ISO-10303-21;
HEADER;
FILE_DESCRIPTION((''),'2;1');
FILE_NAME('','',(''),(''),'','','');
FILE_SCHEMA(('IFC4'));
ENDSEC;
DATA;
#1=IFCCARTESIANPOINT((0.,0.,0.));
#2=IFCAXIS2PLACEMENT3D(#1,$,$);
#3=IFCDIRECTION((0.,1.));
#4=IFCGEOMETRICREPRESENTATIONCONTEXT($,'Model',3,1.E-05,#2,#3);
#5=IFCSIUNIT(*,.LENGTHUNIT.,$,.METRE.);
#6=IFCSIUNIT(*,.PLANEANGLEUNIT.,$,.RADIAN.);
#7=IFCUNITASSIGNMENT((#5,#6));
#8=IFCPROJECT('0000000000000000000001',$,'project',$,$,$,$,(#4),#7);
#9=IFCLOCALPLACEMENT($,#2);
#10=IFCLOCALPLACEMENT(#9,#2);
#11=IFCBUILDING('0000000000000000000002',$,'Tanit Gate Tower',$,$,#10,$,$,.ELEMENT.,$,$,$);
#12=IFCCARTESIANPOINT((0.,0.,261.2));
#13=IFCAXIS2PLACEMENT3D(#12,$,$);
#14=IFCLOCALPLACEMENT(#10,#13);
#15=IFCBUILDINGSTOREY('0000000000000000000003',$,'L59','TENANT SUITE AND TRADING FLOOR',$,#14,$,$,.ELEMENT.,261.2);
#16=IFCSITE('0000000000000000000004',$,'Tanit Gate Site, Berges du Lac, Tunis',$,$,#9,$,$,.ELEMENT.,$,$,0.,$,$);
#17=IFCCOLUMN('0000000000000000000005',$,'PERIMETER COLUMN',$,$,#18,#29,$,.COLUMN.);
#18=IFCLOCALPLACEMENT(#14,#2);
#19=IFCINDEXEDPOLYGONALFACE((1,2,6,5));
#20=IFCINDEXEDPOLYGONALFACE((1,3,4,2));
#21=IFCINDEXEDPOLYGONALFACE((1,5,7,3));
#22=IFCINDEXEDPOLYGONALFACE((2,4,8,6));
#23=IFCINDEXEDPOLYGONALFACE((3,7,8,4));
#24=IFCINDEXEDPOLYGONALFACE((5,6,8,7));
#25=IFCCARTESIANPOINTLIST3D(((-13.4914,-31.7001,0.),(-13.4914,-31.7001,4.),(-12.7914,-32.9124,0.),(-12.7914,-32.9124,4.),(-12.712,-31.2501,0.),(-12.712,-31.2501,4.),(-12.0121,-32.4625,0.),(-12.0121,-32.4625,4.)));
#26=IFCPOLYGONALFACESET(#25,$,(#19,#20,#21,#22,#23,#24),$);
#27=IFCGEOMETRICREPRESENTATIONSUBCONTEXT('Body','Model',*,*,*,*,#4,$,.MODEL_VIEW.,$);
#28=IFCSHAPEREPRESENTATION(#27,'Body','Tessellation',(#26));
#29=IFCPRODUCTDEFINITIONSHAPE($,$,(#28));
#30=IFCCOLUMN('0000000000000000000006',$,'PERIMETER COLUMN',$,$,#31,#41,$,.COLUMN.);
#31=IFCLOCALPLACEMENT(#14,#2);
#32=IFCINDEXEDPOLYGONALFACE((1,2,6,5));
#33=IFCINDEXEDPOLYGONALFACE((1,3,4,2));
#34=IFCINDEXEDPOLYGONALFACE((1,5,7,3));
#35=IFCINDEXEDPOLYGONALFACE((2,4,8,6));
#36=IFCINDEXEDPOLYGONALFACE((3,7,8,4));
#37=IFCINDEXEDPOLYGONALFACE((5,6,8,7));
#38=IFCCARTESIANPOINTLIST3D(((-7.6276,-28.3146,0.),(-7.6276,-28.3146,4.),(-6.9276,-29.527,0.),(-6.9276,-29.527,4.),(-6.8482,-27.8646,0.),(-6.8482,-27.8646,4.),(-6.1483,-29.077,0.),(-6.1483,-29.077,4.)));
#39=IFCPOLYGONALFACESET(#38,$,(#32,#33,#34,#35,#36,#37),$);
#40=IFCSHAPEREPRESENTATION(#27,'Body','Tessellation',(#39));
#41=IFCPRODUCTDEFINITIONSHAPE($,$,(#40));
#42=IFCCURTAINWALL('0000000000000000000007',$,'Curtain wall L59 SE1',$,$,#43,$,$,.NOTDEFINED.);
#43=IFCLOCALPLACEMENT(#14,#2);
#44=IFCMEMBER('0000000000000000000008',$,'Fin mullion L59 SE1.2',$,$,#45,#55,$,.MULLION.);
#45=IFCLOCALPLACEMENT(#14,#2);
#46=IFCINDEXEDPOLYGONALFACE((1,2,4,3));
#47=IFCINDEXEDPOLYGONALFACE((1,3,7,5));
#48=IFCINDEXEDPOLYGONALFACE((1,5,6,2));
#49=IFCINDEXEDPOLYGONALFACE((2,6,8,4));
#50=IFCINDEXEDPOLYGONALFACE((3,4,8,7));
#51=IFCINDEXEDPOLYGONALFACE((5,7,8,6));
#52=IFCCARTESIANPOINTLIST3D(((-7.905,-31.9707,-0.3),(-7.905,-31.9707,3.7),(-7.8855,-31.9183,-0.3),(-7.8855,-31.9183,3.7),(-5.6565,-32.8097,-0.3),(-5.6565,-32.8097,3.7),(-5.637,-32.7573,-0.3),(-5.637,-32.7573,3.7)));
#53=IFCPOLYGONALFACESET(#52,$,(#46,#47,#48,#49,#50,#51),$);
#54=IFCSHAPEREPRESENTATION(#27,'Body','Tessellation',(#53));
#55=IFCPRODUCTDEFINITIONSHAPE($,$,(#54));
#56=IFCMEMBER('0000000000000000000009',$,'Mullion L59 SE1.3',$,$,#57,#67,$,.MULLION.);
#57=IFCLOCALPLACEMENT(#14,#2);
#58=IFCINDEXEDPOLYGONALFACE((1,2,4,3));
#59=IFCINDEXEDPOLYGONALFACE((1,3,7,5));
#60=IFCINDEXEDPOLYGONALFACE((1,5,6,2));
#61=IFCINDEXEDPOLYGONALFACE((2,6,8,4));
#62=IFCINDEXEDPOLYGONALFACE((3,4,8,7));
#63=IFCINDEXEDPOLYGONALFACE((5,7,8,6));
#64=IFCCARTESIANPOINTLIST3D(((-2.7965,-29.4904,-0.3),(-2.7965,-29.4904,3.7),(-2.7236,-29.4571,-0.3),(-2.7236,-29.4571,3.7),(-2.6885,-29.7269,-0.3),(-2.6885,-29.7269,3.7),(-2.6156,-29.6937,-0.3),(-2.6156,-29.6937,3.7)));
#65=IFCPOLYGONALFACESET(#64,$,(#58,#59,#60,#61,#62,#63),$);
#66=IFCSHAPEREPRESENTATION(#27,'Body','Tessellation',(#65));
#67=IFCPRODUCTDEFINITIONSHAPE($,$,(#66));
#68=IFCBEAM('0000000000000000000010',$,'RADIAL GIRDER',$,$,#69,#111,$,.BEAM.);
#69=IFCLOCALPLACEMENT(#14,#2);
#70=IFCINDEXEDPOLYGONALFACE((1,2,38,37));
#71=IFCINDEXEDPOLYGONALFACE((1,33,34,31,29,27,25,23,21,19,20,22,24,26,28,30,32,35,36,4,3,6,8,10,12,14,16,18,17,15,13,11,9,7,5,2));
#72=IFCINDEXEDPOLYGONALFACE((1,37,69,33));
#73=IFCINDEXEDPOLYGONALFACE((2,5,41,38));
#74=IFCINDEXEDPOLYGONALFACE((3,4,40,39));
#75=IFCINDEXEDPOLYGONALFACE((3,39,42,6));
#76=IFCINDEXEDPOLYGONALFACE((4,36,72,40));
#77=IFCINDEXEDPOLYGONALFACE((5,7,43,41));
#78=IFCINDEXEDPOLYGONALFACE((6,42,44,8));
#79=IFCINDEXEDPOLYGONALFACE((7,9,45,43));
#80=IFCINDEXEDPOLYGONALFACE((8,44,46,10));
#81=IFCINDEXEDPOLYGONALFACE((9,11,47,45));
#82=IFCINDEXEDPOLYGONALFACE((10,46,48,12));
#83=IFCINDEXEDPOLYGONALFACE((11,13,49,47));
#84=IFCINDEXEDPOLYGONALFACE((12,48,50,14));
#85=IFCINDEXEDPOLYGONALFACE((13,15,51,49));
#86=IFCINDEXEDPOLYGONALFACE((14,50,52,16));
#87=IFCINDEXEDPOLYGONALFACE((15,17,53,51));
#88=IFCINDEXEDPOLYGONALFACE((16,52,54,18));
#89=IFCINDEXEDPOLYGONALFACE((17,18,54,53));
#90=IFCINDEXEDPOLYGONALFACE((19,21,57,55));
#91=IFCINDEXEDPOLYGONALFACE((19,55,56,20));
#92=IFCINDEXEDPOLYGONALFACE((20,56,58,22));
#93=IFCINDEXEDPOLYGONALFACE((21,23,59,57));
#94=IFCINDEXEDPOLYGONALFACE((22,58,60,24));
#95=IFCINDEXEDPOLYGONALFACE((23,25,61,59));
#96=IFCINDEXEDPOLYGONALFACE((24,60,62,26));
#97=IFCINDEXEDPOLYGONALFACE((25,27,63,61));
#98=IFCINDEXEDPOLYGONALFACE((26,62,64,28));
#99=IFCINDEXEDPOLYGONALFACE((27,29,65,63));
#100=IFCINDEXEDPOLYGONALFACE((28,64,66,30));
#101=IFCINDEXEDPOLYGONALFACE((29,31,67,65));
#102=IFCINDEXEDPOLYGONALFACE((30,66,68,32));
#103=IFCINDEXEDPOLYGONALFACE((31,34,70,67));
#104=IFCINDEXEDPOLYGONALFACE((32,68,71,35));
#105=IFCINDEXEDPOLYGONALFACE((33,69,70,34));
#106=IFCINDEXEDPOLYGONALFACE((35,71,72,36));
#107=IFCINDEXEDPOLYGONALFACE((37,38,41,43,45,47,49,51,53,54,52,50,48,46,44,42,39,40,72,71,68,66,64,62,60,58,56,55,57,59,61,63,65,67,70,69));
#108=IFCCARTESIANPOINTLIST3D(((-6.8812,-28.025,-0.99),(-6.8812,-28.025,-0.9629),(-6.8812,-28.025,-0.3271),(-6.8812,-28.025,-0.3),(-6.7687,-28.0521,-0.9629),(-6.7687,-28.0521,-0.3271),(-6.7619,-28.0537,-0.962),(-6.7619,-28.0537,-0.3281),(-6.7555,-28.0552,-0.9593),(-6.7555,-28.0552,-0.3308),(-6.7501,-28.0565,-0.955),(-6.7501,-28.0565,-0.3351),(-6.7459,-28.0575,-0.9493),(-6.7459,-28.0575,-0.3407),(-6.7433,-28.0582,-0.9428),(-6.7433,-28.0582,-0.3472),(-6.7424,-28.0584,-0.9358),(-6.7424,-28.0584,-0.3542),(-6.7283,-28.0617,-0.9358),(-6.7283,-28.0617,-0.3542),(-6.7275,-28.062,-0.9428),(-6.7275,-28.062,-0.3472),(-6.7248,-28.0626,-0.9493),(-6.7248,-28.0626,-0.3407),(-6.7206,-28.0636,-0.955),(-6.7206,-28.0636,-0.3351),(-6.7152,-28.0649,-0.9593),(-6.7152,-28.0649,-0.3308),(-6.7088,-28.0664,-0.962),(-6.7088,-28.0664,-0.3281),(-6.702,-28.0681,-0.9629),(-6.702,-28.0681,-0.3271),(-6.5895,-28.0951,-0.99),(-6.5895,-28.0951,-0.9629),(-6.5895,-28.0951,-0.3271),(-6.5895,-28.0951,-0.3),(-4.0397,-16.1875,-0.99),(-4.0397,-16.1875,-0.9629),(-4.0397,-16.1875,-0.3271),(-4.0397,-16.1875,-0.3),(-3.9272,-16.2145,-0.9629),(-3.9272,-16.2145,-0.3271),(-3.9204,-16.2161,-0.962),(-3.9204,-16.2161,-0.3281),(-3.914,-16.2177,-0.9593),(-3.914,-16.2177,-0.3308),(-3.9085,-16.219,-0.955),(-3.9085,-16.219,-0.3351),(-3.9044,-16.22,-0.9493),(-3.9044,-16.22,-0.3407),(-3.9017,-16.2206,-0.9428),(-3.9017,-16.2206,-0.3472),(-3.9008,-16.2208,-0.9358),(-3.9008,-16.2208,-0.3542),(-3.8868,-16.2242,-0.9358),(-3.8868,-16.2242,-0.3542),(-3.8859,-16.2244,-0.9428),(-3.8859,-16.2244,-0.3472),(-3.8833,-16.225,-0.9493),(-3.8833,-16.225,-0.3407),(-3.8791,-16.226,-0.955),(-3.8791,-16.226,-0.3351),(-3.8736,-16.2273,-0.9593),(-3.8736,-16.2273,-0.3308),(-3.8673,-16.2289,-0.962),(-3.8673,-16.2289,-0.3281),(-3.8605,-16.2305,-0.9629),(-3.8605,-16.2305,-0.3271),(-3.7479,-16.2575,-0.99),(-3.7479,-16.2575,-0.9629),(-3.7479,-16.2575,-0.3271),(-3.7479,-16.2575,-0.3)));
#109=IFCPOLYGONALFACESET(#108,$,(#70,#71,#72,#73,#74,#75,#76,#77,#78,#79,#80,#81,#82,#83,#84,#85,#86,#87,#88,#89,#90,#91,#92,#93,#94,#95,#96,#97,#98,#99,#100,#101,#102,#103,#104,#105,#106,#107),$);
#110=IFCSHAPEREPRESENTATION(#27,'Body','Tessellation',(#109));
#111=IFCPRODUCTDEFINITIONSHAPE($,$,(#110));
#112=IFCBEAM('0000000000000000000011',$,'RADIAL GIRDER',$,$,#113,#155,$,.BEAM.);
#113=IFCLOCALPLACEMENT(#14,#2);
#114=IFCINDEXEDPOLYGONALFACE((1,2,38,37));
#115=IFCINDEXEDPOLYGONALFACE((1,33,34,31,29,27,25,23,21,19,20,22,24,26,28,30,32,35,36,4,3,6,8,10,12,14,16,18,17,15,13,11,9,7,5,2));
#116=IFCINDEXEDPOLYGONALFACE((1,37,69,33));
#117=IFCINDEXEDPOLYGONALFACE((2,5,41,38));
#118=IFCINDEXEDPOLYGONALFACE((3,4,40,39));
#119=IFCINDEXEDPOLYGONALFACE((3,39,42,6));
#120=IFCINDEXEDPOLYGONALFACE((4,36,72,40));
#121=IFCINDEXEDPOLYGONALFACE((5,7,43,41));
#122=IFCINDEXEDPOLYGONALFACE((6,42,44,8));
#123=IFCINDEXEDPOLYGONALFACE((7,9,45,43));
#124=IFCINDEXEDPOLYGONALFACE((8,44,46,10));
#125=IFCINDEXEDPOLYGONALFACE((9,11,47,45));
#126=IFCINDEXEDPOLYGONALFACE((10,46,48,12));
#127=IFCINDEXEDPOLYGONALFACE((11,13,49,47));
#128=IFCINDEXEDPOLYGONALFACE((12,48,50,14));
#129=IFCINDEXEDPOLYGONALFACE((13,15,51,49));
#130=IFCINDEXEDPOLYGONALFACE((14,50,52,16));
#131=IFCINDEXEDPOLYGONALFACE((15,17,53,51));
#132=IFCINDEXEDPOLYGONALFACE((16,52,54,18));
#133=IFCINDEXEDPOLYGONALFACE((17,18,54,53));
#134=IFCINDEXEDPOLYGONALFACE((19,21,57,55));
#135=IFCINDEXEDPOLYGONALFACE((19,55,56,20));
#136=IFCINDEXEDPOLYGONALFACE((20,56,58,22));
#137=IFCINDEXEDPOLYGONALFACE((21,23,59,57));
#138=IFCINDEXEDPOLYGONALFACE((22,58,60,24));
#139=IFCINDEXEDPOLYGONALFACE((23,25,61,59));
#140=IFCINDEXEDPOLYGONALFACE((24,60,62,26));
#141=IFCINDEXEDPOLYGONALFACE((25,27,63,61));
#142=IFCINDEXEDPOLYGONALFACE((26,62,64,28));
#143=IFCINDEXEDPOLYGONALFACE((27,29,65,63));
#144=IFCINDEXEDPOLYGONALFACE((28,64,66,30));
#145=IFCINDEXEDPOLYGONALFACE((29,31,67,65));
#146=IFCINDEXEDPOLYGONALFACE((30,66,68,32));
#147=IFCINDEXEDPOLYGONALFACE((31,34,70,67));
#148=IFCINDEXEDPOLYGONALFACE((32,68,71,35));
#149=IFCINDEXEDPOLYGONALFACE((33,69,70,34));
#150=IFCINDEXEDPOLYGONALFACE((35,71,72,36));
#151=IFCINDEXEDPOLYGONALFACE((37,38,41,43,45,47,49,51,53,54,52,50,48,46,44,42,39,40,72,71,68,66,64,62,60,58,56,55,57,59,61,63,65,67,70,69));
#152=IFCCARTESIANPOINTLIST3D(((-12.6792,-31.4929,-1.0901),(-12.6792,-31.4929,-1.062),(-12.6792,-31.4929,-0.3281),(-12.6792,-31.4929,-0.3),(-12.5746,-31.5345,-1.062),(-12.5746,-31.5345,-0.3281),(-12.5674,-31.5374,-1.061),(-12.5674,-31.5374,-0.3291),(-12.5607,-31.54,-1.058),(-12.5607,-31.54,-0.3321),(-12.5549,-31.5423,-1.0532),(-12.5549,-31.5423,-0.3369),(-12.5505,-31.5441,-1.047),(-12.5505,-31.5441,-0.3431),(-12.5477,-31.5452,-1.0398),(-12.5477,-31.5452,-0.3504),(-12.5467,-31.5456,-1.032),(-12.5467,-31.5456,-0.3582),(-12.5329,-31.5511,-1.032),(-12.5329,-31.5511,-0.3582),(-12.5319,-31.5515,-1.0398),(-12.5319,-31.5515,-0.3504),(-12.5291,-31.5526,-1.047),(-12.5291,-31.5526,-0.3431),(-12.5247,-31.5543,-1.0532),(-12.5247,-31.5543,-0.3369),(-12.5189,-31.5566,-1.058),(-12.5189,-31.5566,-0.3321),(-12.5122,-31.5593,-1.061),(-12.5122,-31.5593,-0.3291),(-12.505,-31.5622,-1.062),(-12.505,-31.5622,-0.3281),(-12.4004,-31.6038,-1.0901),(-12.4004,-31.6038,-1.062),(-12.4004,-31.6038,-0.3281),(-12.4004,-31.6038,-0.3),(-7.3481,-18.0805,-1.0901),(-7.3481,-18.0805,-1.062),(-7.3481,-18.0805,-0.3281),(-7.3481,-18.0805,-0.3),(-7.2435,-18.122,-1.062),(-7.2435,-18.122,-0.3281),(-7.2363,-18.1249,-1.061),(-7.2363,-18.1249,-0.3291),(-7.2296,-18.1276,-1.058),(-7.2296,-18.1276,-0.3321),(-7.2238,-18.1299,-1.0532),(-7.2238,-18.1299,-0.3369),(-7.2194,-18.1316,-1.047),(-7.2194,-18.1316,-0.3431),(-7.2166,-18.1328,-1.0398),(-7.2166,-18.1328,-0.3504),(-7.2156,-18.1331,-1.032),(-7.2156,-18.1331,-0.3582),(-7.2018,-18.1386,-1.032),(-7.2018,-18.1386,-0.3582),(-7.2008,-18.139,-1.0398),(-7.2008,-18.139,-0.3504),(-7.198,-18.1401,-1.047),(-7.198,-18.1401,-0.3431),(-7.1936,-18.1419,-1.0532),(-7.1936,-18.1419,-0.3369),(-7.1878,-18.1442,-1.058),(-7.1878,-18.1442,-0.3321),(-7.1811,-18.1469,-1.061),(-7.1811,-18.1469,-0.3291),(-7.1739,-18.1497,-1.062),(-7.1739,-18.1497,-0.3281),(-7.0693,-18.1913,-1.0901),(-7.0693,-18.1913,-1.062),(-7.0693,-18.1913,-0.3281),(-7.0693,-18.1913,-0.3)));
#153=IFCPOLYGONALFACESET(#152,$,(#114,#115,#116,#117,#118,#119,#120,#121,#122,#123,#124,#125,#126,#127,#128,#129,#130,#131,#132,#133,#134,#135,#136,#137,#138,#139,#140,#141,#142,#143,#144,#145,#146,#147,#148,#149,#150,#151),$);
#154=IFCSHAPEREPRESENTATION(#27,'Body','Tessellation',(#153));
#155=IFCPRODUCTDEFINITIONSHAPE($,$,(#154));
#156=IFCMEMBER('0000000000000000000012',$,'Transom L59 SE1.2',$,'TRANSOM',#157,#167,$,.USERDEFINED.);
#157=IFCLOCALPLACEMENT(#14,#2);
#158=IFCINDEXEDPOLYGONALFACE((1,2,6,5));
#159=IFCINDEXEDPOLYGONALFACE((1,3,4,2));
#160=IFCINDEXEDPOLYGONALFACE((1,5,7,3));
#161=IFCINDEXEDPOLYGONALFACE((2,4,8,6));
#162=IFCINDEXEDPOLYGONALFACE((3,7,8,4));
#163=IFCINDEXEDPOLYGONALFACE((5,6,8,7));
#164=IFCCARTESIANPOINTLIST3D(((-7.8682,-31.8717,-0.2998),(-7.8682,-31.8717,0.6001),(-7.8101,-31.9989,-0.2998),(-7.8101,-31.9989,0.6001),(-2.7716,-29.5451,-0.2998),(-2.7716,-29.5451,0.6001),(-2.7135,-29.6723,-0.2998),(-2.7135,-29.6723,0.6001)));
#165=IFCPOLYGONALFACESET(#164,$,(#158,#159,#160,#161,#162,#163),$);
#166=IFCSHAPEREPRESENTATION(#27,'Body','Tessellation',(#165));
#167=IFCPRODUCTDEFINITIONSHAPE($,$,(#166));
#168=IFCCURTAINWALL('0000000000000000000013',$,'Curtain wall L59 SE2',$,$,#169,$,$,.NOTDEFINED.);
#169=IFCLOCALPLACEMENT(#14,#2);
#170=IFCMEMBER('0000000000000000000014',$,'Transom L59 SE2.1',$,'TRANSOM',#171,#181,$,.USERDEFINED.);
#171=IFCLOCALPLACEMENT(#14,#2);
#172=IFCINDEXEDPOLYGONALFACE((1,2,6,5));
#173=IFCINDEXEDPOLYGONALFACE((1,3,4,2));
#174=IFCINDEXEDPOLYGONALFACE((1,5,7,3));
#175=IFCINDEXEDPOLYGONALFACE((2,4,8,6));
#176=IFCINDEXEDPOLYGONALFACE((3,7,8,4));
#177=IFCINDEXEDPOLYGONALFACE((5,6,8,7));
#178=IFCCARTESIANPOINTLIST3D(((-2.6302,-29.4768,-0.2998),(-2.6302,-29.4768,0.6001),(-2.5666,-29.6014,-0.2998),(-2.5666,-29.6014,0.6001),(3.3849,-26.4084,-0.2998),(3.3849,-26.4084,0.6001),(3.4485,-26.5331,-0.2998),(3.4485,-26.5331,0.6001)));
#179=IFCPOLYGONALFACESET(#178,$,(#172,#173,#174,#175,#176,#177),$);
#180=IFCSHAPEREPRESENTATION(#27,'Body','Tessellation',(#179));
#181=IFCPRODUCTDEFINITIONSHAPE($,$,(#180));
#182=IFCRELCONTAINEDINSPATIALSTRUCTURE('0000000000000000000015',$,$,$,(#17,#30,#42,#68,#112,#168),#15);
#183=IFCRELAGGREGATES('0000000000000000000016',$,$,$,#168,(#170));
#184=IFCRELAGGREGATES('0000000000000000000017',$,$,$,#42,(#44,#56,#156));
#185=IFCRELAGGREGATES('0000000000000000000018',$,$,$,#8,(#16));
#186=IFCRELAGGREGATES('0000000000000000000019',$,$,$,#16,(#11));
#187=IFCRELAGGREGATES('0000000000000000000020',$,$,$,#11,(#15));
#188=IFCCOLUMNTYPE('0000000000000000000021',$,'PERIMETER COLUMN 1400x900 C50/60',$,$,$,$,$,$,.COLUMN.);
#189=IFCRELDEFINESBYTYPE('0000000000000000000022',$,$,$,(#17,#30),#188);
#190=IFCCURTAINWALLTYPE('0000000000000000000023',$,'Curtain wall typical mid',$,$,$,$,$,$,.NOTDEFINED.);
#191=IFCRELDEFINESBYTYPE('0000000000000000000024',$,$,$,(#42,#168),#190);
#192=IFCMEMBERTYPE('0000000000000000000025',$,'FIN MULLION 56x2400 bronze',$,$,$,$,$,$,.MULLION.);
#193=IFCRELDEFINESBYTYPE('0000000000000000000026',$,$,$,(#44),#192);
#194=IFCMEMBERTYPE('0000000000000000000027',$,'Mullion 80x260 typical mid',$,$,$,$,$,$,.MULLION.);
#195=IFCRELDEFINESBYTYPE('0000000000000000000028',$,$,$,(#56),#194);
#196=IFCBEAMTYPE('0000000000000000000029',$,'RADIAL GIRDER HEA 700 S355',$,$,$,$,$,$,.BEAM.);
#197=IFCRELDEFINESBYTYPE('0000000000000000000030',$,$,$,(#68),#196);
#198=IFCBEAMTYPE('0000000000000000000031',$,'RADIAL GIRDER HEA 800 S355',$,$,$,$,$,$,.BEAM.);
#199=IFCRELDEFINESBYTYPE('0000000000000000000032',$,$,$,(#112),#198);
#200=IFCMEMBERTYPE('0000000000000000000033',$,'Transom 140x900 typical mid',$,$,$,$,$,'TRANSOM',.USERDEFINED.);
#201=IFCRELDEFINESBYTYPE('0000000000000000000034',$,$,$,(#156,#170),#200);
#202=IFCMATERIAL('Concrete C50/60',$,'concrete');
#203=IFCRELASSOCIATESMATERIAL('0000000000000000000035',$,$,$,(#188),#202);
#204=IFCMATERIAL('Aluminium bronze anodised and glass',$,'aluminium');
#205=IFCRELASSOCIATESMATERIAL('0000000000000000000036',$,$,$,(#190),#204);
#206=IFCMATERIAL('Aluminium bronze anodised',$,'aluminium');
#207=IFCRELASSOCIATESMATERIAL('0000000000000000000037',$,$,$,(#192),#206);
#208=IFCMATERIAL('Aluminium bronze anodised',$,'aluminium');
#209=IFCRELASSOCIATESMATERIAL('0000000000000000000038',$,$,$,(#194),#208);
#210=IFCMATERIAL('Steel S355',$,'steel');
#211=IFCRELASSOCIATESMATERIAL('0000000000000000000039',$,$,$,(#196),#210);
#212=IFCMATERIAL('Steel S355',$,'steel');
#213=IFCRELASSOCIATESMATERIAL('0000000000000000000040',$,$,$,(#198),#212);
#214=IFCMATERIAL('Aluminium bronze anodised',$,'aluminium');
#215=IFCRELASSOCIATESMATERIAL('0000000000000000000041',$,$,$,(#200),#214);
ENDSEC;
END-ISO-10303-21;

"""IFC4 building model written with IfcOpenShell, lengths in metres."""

from ifc_helpers import new_model, si_unit, direction, frame, origin, origin_2d, place, context, subcontext, project, spatial, rectangle, i_section, extrude, material, material_profile, profile_set, type_object, element, aggregate, save


model = new_model("IFC4")

# Units and contexts
model_context = context("Model", 3, precision=1e-05, world=origin(), true_north=direction((0.0, 1.0)))
body_context = subcontext(model_context, "Body", "Model", "MODEL_VIEW")
ifc_project = project(units=[si_unit("LENGTHUNIT", "METRE"), si_unit("PLANEANGLEUNIT", "RADIAN")], contexts=[model_context])

# Site, building, storey
site_placement = place(None, origin())
site = spatial("IfcSite", under=ifc_project, at=site_placement, Name="Tanit Gate Site, Berges du Lac, Tunis", CompositionType="ELEMENT", RefElevation=0.0)
building_placement = place(site_placement, origin())
building = spatial("IfcBuilding", under=site, at=building_placement, Name="Tanit Gate Tower", CompositionType="ELEMENT")
storey_placement = place(building_placement, frame((0.0, 0.0, 261.2)))
storey = spatial("IfcBuildingStorey", under=building, at=storey_placement, Name="L59", Description="TENANT SUITE AND TRADING FLOOR", CompositionType="ELEMENT", Elevation=261.2)

# Columns
ifc_material_1 = material(Name="Concrete C50/60", Category="concrete")
ifc_material_profile_1 = material_profile(ifc_material_1, rectangle(XDim=1.3999, YDim=0.8999, at=origin_2d()), Name="RC 1400x900")
ifc_profile_set_1 = profile_set([ifc_material_profile_1], Name="Concrete C50/60")
column_type = type_object("IfcColumnType", Name="PERIMETER COLUMN 1400x900 C50/60", PredefinedType="COLUMN", material=ifc_profile_set_1)
for number, where, z_axis, x_axis, name in (
    (1, (-12.7517, -32.0813, 0.0), (0.0, 0.0, 1.0), (0.5, -0.866025, 0.0), "PERIMETER COLUMN"),
    (2, (-6.8879, -28.6958, 0.0), (0.0, 0.0, 1.0), (0.5, -0.866025, 0.0), "PERIMETER COLUMN"),
):
    element("IfcColumn", number, at=place(storey_placement, frame(where, z_axis=z_axis, x_axis=x_axis)), inside=storey, type_object=column_type, Name=name, PredefinedType="COLUMN", context=body_context, shape_type="SweptSolid", body=[
        extrude(rectangle(XDim=1.3999, YDim=0.8999, at=origin_2d()), origin(), (0.0, 0.0, 1.0), 4.0),
    ])

# Curtain wall, members
ifc_material_2 = material(Name="Aluminium bronze anodised and glass", Category="aluminium")
curtain_wall_type = type_object("IfcCurtainWallType", Name="Curtain wall typical mid", PredefinedType="NOTDEFINED", material=ifc_material_2)
curtain_wall_1_placement = place(storey_placement, origin())
curtain_wall_1 = element("IfcCurtainWall", 3, at=curtain_wall_1_placement, inside=storey, type_object=curtain_wall_type, Name="Curtain wall L59 SE1", PredefinedType="NOTDEFINED")
ifc_material_3 = material(Name="Aluminium bronze anodised", Category="aluminium")
ifc_material_profile_2 = material_profile(ifc_material_3, rectangle(XDim=2.3999, YDim=0.0559, at=origin_2d()), Name="56x2400 bronze fin mullion")
ifc_profile_set_2 = profile_set([ifc_material_profile_2], Name="Aluminium bronze anodised")
member_type_1 = type_object("IfcMemberType", Name="FIN MULLION 56x2400 bronze", PredefinedType="MULLION", material=ifc_profile_set_2)
member_1_placement = place(storey_placement, frame((-6.771, -32.364, -0.3), z_axis=(0.0, 0.0, 1.0), x_axis=(-0.936905, 0.349583, 0.0)))
member_1 = element("IfcMember", 4, at=member_1_placement, type_object=member_type_1, Name="Fin mullion L59 SE1.2", PredefinedType="MULLION", context=body_context, shape_type="SweptSolid", body=[
    extrude(rectangle(XDim=2.3999, YDim=0.0559, at=origin_2d()), origin(), (0.0, 0.0, 1.0), 4.0),
])
ifc_material_4 = material(Name="Aluminium bronze anodised", Category="aluminium")
ifc_material_profile_3 = material_profile(ifc_material_4, rectangle(XDim=0.26, YDim=0.0801, at=origin_2d()), Name="80x260 bronze mullion")
ifc_profile_set_3 = profile_set([ifc_material_profile_3], Name="Aluminium bronze anodised")
member_type_2 = type_object("IfcMemberType", Name="Mullion 80x260 typical mid", PredefinedType="MULLION", material=ifc_profile_set_3)
member_2_placement = place(storey_placement, frame((-2.7061, -29.592, -0.3), z_axis=(0.0, 0.0, 1.0), x_axis=(-0.4153, 0.909685, 0.0)))
member_2 = element("IfcMember", 5, at=member_2_placement, type_object=member_type_2, Name="Mullion L59 SE1.3", PredefinedType="MULLION", context=body_context, shape_type="SweptSolid", body=[
    extrude(rectangle(XDim=0.26, YDim=0.0801, at=origin_2d()), origin(), (0.0, 0.0, 1.0), 4.0),
])

# Beams
ifc_material_5 = material(Name="Steel S355", Category="steel")
ifc_material_profile_4 = material_profile(ifc_material_5, i_section(OverallWidth=0.3, OverallDepth=0.6899, WebThickness=0.0144, FlangeThickness=0.0271, FilletRadius=0.0271, at=origin_2d()), Name="HEA 700")
ifc_profile_set_4 = profile_set([ifc_material_profile_4], Name="Steel S355")
beam_type_1 = type_object("IfcBeamType", Name="RADIAL GIRDER HEA 700 S355", PredefinedType="BEAM", material=ifc_profile_set_4)
beam_1_placement = place(storey_placement, frame((-6.7354, -28.0601, -0.645), z_axis=(0.233413, 0.972378, 0.0), x_axis=(-0.972378, 0.233413, 0.0)))
element("IfcBeam", 6, at=beam_1_placement, inside=storey, type_object=beam_type_1, Name="RADIAL GIRDER", PredefinedType="BEAM", context=body_context, shape_type="SweptSolid", body=[
    extrude(i_section(OverallWidth=0.3, OverallDepth=0.6899, WebThickness=0.0144, FlangeThickness=0.0271, FilletRadius=0.0271, at=origin_2d()), origin(), (0.0, 0.0, 1.0), 12.1738),
])
ifc_material_6 = material(Name="Steel S355", Category="steel")
ifc_material_profile_5 = material_profile(ifc_material_6, i_section(OverallWidth=0.3, OverallDepth=0.79, WebThickness=0.0149, FlangeThickness=0.0281, FilletRadius=0.03, at=origin_2d()), Name="HEA 800")
ifc_profile_set_5 = profile_set([ifc_material_profile_5], Name="Steel S355")
beam_type_2 = type_object("IfcBeamType", Name="RADIAL GIRDER HEA 800 S355", PredefinedType="BEAM", material=ifc_profile_set_5)
beam_2_placement = place(storey_placement, frame((-12.5398, -31.5483, -0.6951), z_axis=(0.369366, 0.929284, 0.0), x_axis=(-0.929284, 0.369366, 0.0)))
element("IfcBeam", 7, at=beam_2_placement, inside=storey, type_object=beam_type_2, Name="RADIAL GIRDER", PredefinedType="BEAM", context=body_context, shape_type="SweptSolid", body=[
    extrude(i_section(OverallWidth=0.3, OverallDepth=0.79, WebThickness=0.0149, FlangeThickness=0.0281, FilletRadius=0.03, at=origin_2d()), origin(), (0.0, 0.0, 1.0), 14.4331),
])

# Member
ifc_material_7 = material(Name="Aluminium bronze anodised", Category="aluminium")
ifc_material_profile_6 = material_profile(ifc_material_7, rectangle(XDim=0.1399, YDim=0.8999, at=origin_2d()), Name="140x900 bronze transom")
ifc_profile_set_6 = profile_set([ifc_material_profile_6], Name="Aluminium bronze anodised")
member_type_3 = type_object("IfcMemberType", Name="Transom 140x900 typical mid", ElementType="TRANSOM", PredefinedType="USERDEFINED", material=ifc_profile_set_6)
member_3_placement = place(storey_placement, frame((-7.8391, -31.9353, 0.1501), z_axis=(0.909694, 0.41528, 0.0), x_axis=(-0.41528, 0.909694, 0.0)))
member_3 = element("IfcMember", 8, at=member_3_placement, type_object=member_type_3, Name="Transom L59 SE1.2", ObjectType="TRANSOM", PredefinedType="USERDEFINED", context=body_context, shape_type="SweptSolid", body=[
    extrude(rectangle(XDim=0.1399, YDim=0.8999, at=origin_2d()), origin(), (0.0, 0.0, 1.0), 5.6025),
])

# Curtain wall, member
curtain_wall_2_placement = place(storey_placement, origin())
curtain_wall_2 = element("IfcCurtainWall", 9, at=curtain_wall_2_placement, inside=storey, type_object=curtain_wall_type, Name="Curtain wall L59 SE2", PredefinedType="NOTDEFINED")
member_4_placement = place(storey_placement, frame((-2.5984, -29.5391, 0.1501), z_axis=(0.890797, 0.454401, 0.0), x_axis=(-0.454401, 0.890797, 0.0)))
member_4 = element("IfcMember", 10, at=member_4_placement, type_object=member_type_3, Name="Transom L59 SE2.1", ObjectType="TRANSOM", PredefinedType="USERDEFINED", context=body_context, shape_type="SweptSolid", body=[
    extrude(rectangle(XDim=0.1399, YDim=0.8999, at=origin_2d()), origin(), (0.0, 0.0, 1.0), 6.7524),
])
aggregate(curtain_wall_2, [member_4])

aggregate(curtain_wall_1, [member_1, member_2, member_3])

save(model, "model.ifc")
